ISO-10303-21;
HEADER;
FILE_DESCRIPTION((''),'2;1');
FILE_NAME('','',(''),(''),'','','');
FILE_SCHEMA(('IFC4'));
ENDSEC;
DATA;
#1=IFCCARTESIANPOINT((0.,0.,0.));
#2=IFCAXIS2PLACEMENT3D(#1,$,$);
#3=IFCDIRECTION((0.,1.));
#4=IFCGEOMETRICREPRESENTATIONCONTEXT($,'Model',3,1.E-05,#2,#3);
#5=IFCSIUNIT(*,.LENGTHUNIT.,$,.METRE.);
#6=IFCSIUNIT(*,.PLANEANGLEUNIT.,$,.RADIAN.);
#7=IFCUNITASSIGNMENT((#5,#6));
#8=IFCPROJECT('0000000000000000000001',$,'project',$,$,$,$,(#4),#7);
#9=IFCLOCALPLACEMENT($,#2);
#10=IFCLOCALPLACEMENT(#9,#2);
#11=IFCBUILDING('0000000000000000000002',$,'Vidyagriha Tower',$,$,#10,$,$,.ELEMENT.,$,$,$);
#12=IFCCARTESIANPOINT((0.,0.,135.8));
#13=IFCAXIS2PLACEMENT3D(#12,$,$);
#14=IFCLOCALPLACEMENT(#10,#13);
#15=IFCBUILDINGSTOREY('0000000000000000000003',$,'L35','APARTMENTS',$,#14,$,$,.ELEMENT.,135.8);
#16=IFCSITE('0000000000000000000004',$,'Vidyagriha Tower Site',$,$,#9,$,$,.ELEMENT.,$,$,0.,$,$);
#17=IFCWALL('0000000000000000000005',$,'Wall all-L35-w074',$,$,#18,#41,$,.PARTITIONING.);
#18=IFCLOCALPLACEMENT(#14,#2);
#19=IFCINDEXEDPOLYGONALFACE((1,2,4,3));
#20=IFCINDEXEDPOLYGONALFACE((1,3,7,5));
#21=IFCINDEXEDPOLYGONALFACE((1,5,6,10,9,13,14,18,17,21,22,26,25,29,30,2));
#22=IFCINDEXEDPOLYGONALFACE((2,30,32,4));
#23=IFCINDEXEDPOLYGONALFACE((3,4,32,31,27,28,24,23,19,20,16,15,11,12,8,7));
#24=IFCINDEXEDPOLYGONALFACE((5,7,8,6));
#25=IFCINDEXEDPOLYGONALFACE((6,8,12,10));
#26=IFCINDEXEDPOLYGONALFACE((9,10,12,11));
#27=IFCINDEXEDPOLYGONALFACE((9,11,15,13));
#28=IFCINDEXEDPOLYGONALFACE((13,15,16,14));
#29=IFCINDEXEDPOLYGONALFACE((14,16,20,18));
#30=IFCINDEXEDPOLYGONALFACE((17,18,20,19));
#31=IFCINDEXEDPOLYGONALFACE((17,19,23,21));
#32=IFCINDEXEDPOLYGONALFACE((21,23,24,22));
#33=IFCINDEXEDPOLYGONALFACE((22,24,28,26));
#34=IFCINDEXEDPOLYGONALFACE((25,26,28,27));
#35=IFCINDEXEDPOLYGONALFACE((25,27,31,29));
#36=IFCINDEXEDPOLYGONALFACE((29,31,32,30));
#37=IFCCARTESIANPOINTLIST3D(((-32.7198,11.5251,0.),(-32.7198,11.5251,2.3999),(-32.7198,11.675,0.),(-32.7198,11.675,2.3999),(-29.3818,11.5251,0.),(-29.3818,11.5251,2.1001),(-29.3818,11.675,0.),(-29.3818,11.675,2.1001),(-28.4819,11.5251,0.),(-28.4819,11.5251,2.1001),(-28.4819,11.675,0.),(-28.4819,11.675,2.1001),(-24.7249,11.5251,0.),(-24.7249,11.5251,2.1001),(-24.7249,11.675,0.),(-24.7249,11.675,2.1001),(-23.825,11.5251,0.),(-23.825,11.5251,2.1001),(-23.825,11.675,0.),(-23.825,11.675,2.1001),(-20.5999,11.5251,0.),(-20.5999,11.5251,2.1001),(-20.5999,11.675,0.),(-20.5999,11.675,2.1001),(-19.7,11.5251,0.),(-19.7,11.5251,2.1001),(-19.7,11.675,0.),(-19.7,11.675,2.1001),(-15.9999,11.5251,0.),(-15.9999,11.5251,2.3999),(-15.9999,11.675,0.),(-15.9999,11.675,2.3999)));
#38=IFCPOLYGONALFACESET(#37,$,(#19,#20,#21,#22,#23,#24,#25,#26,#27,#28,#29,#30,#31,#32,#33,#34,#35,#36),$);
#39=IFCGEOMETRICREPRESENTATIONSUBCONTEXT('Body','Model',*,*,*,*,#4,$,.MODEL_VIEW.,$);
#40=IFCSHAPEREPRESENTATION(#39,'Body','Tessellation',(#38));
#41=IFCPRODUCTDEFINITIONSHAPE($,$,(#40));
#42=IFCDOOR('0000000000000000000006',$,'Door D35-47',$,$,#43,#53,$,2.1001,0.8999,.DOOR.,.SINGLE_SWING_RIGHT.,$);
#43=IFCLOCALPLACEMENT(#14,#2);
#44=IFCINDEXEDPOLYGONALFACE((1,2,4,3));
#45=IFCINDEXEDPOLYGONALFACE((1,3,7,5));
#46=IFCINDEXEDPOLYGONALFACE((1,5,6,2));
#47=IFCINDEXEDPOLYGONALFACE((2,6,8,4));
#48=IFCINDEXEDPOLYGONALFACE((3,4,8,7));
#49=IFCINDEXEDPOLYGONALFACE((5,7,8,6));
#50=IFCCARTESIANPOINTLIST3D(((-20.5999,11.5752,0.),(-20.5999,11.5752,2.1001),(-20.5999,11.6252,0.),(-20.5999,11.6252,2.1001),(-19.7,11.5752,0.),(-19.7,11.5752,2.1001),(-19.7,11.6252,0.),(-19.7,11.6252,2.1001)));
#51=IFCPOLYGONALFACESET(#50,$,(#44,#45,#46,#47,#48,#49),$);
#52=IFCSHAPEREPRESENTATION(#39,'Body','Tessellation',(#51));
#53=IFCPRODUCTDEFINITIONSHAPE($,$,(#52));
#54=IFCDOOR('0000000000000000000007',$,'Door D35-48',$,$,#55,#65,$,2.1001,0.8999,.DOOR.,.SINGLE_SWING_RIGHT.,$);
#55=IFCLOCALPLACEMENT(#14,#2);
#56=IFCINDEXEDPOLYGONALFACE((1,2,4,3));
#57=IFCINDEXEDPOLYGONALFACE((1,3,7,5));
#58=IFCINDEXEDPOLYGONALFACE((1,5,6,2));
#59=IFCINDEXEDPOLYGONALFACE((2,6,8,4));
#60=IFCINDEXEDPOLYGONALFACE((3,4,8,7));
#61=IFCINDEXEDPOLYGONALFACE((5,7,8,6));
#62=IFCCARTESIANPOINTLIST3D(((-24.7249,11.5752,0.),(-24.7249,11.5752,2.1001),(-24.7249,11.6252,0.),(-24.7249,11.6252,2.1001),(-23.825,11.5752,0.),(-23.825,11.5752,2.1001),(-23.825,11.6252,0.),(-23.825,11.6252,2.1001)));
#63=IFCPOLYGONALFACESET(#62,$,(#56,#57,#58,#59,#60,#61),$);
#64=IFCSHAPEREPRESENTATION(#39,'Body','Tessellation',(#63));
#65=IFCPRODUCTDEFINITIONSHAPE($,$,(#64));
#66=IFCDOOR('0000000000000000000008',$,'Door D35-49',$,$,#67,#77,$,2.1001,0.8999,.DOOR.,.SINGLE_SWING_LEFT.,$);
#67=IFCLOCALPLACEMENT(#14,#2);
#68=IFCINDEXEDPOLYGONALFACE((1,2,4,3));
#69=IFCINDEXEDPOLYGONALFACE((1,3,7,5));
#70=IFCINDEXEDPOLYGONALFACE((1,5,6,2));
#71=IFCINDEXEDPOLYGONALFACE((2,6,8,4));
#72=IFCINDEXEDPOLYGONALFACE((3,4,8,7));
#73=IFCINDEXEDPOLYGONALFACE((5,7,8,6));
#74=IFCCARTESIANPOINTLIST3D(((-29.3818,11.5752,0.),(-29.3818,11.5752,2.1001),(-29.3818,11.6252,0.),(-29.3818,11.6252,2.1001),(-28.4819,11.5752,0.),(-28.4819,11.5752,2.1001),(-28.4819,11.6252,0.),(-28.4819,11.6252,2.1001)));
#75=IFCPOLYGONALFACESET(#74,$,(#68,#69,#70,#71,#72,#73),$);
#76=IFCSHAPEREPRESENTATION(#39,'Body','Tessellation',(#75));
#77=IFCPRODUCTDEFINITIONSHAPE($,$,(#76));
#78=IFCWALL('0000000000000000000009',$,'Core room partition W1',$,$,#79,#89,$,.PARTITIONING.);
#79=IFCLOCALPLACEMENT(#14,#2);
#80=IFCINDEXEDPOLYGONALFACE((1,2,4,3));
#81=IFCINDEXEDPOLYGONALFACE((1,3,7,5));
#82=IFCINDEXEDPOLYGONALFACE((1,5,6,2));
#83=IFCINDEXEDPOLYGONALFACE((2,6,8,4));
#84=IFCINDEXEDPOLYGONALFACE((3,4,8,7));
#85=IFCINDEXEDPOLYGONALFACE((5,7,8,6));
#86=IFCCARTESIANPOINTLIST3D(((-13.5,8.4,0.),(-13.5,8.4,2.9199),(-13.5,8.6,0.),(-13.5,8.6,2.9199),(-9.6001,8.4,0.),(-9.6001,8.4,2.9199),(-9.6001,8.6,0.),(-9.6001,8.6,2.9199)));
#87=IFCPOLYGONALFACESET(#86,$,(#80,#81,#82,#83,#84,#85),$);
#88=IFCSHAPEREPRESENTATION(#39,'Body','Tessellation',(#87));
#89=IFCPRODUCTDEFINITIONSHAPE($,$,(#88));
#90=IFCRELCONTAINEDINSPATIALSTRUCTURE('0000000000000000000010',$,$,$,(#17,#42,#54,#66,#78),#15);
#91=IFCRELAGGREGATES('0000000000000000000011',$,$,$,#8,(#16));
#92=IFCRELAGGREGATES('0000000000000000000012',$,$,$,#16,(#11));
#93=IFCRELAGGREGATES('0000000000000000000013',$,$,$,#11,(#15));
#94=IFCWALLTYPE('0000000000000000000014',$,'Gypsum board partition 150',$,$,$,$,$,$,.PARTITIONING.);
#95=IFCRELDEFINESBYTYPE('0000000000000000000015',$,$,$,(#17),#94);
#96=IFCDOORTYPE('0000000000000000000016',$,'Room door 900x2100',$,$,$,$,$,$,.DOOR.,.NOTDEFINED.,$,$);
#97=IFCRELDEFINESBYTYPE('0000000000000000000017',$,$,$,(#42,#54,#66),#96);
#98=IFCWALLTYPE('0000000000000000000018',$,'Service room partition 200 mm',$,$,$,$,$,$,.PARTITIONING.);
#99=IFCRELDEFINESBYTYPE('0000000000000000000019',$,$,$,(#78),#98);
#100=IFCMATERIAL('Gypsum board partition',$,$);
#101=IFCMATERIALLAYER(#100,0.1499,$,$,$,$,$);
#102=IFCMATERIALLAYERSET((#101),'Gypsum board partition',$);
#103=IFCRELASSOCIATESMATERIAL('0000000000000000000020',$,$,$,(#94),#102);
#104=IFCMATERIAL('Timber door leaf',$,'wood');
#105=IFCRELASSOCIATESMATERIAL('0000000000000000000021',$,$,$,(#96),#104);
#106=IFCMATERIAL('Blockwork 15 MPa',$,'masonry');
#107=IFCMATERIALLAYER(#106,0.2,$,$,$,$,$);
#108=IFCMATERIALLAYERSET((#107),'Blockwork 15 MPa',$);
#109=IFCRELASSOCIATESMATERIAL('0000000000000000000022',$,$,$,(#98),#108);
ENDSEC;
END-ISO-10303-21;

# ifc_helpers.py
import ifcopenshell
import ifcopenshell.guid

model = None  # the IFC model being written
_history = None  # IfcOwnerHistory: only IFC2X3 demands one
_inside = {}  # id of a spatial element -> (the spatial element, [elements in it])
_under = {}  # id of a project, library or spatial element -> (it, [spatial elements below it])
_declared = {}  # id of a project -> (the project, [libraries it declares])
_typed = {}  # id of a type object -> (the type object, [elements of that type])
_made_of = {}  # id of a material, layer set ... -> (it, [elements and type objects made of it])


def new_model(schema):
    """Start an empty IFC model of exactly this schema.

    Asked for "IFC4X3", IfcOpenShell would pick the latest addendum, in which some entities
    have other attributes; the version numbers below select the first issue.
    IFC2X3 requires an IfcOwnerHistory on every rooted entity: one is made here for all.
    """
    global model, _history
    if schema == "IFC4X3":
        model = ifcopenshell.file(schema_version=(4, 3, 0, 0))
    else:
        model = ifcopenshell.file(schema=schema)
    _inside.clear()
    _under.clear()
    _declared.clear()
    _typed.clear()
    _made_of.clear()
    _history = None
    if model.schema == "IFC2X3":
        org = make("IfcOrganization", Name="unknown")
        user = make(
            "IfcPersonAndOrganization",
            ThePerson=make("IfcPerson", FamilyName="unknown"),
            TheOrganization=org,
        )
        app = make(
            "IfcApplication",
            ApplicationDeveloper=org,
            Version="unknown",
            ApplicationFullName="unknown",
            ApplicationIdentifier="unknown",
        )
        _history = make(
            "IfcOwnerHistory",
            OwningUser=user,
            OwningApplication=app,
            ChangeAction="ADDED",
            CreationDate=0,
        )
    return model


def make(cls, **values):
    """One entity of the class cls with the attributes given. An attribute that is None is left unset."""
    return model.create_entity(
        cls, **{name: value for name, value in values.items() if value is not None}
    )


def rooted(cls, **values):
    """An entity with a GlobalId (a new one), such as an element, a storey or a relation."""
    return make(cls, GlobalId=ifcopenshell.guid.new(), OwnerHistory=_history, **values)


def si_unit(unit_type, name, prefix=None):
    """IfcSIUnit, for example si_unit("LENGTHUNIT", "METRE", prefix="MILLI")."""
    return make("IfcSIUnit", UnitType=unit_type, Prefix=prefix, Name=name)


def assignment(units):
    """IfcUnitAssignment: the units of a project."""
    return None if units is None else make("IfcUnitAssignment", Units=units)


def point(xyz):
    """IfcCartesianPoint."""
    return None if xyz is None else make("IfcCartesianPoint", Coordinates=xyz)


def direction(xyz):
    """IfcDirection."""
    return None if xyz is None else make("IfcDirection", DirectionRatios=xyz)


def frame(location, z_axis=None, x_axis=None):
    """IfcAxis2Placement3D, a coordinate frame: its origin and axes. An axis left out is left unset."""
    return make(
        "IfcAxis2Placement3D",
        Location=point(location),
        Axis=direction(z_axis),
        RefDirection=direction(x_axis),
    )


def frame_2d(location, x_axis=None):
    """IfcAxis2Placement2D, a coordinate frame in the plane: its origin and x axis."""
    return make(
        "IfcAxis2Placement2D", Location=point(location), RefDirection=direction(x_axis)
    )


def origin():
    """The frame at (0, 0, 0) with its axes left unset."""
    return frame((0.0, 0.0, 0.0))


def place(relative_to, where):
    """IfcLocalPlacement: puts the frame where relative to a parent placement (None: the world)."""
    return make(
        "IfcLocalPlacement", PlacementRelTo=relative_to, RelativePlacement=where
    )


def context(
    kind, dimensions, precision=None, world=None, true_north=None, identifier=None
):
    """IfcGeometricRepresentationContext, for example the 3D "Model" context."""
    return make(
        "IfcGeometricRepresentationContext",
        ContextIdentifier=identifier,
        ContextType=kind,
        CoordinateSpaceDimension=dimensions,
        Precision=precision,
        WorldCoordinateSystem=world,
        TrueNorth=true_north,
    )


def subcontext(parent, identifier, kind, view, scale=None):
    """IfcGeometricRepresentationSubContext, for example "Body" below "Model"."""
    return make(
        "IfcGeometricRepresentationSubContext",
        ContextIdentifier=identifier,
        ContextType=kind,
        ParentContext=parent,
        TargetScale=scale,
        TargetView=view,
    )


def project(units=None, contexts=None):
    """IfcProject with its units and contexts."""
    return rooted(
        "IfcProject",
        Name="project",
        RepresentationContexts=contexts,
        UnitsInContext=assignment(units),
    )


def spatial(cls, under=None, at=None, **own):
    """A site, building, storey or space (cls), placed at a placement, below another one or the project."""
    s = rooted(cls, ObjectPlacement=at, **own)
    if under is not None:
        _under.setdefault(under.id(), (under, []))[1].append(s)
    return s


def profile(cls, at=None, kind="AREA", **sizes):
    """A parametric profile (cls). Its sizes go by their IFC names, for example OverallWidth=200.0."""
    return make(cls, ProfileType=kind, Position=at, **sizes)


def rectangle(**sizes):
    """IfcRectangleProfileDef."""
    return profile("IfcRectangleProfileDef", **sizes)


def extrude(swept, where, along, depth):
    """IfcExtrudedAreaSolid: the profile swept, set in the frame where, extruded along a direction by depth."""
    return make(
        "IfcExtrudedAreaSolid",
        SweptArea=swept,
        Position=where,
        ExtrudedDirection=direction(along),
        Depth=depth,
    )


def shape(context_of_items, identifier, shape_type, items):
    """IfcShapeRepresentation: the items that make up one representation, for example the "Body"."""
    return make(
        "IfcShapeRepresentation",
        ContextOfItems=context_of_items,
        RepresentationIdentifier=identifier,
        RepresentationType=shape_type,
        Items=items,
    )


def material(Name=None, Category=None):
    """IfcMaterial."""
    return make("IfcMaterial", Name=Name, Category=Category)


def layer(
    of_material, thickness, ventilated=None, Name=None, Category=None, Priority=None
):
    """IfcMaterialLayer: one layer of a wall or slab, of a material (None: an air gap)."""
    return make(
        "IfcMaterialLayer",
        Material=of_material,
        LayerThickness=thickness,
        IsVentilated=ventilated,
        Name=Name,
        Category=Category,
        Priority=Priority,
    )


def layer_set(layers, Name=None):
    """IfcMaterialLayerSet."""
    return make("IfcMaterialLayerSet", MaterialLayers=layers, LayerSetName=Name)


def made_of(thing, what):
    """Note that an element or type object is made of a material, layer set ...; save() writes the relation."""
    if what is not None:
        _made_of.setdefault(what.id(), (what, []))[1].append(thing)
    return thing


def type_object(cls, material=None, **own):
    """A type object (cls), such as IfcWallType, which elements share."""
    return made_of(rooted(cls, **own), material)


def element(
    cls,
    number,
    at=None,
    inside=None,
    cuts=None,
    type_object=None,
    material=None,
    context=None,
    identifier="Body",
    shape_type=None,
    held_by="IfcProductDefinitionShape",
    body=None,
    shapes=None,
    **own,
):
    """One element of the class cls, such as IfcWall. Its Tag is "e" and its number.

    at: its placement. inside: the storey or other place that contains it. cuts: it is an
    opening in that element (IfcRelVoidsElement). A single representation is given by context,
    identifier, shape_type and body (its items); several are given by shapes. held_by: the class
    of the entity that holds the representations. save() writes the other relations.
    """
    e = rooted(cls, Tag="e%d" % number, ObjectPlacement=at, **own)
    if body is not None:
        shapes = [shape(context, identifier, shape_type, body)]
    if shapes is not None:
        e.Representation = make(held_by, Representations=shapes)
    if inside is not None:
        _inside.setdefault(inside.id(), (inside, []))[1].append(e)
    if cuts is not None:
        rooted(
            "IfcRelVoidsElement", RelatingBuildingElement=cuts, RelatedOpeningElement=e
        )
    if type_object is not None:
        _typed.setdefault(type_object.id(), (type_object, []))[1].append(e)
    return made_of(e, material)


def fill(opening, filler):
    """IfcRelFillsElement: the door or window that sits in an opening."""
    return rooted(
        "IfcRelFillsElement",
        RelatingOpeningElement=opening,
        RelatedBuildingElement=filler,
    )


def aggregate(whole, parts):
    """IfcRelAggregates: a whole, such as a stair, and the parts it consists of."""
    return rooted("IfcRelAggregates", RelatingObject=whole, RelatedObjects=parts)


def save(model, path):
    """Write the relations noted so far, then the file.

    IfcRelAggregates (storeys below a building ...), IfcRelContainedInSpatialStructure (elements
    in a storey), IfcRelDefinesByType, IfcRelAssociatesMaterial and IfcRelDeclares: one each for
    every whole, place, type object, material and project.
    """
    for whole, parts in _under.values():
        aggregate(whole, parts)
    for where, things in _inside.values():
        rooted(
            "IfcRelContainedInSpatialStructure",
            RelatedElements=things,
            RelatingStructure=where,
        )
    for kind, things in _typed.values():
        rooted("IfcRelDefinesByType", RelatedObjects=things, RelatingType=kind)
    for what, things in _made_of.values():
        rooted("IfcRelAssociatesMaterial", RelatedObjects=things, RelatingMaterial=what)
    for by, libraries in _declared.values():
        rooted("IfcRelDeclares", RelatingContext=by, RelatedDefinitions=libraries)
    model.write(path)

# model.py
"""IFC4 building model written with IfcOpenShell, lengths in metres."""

from ifc_helpers import new_model, si_unit, direction, frame, frame_2d, origin, place, context, subcontext, project, spatial, rectangle, extrude, material, layer, layer_set, type_object, element, fill, save


model = new_model("IFC4")

# Units and contexts
model_context = context("Model", 3, precision=1e-05, world=origin(), true_north=direction((0.0, 1.0)))
body_context = subcontext(model_context, "Body", "Model", "MODEL_VIEW")
ifc_project = project(units=[si_unit("LENGTHUNIT", "METRE"), si_unit("PLANEANGLEUNIT", "RADIAN")], contexts=[model_context])

# Site, building, storey
site_placement = place(None, origin())
site = spatial("IfcSite", under=ifc_project, at=site_placement, Name="Vidyagriha Tower Site", CompositionType="ELEMENT", RefElevation=0.0)
building_placement = place(site_placement, origin())
building = spatial("IfcBuilding", under=site, at=building_placement, Name="Vidyagriha Tower", CompositionType="ELEMENT")
storey_placement = place(building_placement, frame((0.0, 0.0, 135.8)))
storey = spatial("IfcBuildingStorey", under=building, at=storey_placement, Name="L35", Description="APARTMENTS", CompositionType="ELEMENT", Elevation=135.8)

# Shared definitions
ifc_material_1 = material(Name="Gypsum board partition")
ifc_layer_1 = layer(ifc_material_1, 0.1499)
ifc_layer_set_1 = layer_set([ifc_layer_1], Name="Gypsum board partition")
wall_type_1 = type_object("IfcWallType", Name="Gypsum board partition 150", PredefinedType="PARTITIONING", material=ifc_layer_set_1)

# Wall, openings, doors
wall_1_placement = place(storey_placement, frame((-16.0, 11.6001, 0.0), z_axis=(0.0, 0.0, 1.0), x_axis=(-1.0, 0.0, 0.0)))
wall_1 = element("IfcWall", 1, at=wall_1_placement, inside=storey, type_object=wall_type_1, Name="Wall all-L35-w074", PredefinedType="PARTITIONING", context=body_context, shape_type="SweptSolid", body=[
    extrude(rectangle(XDim=16.72, YDim=0.1499, at=frame_2d((8.3599, 0.0))), origin(), (0.0, 0.0, 1.0), 2.3999),
])
opening_1_placement = place(wall_1_placement, frame((3.7, 0.0, 0.0)))
opening_1 = element("IfcOpeningElement", 2, at=opening_1_placement, cuts=wall_1, PredefinedType="OPENING", context=body_context, shape_type="SweptSolid", body=[
    extrude(rectangle(XDim=0.8999, YDim=2.1001, at=frame_2d((0.45, 1.05))), frame((0.0, 0.085, 0.0), z_axis=(0.0, -1.0, 0.0), x_axis=(1.0, 0.0, 0.0)), (0.0, 0.0, 1.0), 0.1699),
])
opening_2_placement = place(wall_1_placement, frame((7.825, 0.0, 0.0)))
opening_2 = element("IfcOpeningElement", 3, at=opening_2_placement, cuts=wall_1, PredefinedType="OPENING", context=body_context, shape_type="SweptSolid", body=[
    extrude(rectangle(XDim=0.8999, YDim=2.1001, at=frame_2d((0.45, 1.05))), frame((0.0, 0.085, 0.0), z_axis=(0.0, -1.0, 0.0), x_axis=(1.0, 0.0, 0.0)), (0.0, 0.0, 1.0), 0.1699),
])
opening_3_placement = place(wall_1_placement, frame((12.4819, 0.0, 0.0)))
opening_3 = element("IfcOpeningElement", 4, at=opening_3_placement, cuts=wall_1, PredefinedType="OPENING", context=body_context, shape_type="SweptSolid", body=[
    extrude(rectangle(XDim=0.8999, YDim=2.1001, at=frame_2d((0.45, 1.05))), frame((0.0, 0.085, 0.0), z_axis=(0.0, -1.0, 0.0), x_axis=(1.0, 0.0, 0.0)), (0.0, 0.0, 1.0), 0.1699),
])
ifc_material_2 = material(Name="Timber door leaf", Category="wood")
door_type_1 = type_object("IfcDoorType", Name="Room door 900x2100", OperationType="NOTDEFINED", PredefinedType="DOOR", material=ifc_material_2)
door_1_placement = place(opening_1_placement, origin())
door_1 = element("IfcDoor", 5, at=door_1_placement, inside=storey, type_object=door_type_1, Name="Door D35-47", OperationType="SINGLE_SWING_RIGHT", OverallHeight=2.1001, OverallWidth=0.8999, PredefinedType="DOOR", context=body_context, shape_type="SweptSolid", body=[
    extrude(rectangle(XDim=0.8999, YDim=2.1001, at=frame_2d((0.45, 1.05))), frame((0.0, 0.0249, 0.0), z_axis=(0.0, -1.0, 0.0), x_axis=(1.0, 0.0, 0.0)), (0.0, 0.0, 1.0), 0.05),
])
fill(opening_1, door_1)
door_2_placement = place(opening_2_placement, origin())
door_2 = element("IfcDoor", 6, at=door_2_placement, inside=storey, type_object=door_type_1, Name="Door D35-48", OperationType="SINGLE_SWING_RIGHT", OverallHeight=2.1001, OverallWidth=0.8999, PredefinedType="DOOR", context=body_context, shape_type="SweptSolid", body=[
    extrude(rectangle(XDim=0.8999, YDim=2.1001, at=frame_2d((0.45, 1.05))), frame((0.0, 0.0249, 0.0), z_axis=(0.0, -1.0, 0.0), x_axis=(1.0, 0.0, 0.0)), (0.0, 0.0, 1.0), 0.05),
])
fill(opening_2, door_2)
door_3_placement = place(opening_3_placement, origin())
door_3 = element("IfcDoor", 7, at=door_3_placement, inside=storey, type_object=door_type_1, Name="Door D35-49", OperationType="SINGLE_SWING_LEFT", OverallHeight=2.1001, OverallWidth=0.8999, PredefinedType="DOOR", context=body_context, shape_type="SweptSolid", body=[
    extrude(rectangle(XDim=0.8999, YDim=2.1001, at=frame_2d((0.45, 1.05))), frame((0.0, 0.0249, 0.0), z_axis=(0.0, -1.0, 0.0), x_axis=(1.0, 0.0, 0.0)), (0.0, 0.0, 1.0), 0.05),
])
fill(opening_3, door_3)

# Wall
ifc_material_3 = material(Name="Blockwork 15 MPa", Category="masonry")
ifc_layer_2 = layer(ifc_material_3, 0.2)
ifc_layer_set_2 = layer_set([ifc_layer_2], Name="Blockwork 15 MPa")
wall_type_2 = type_object("IfcWallType", Name="Service room partition 200 mm", PredefinedType="PARTITIONING", material=ifc_layer_set_2)
wall_2_placement = place(storey_placement, frame((-13.5, 8.5, 0.0)))
element("IfcWall", 8, at=wall_2_placement, inside=storey, type_object=wall_type_2, Name="Core room partition W1", PredefinedType="PARTITIONING", context=body_context, shape_type="SweptSolid", body=[
    extrude(rectangle(XDim=3.8999, YDim=0.2, at=frame_2d((1.95, 0.0))), origin(), (0.0, 0.0, 1.0), 2.9199),
])

save(model, "model.ifc")
